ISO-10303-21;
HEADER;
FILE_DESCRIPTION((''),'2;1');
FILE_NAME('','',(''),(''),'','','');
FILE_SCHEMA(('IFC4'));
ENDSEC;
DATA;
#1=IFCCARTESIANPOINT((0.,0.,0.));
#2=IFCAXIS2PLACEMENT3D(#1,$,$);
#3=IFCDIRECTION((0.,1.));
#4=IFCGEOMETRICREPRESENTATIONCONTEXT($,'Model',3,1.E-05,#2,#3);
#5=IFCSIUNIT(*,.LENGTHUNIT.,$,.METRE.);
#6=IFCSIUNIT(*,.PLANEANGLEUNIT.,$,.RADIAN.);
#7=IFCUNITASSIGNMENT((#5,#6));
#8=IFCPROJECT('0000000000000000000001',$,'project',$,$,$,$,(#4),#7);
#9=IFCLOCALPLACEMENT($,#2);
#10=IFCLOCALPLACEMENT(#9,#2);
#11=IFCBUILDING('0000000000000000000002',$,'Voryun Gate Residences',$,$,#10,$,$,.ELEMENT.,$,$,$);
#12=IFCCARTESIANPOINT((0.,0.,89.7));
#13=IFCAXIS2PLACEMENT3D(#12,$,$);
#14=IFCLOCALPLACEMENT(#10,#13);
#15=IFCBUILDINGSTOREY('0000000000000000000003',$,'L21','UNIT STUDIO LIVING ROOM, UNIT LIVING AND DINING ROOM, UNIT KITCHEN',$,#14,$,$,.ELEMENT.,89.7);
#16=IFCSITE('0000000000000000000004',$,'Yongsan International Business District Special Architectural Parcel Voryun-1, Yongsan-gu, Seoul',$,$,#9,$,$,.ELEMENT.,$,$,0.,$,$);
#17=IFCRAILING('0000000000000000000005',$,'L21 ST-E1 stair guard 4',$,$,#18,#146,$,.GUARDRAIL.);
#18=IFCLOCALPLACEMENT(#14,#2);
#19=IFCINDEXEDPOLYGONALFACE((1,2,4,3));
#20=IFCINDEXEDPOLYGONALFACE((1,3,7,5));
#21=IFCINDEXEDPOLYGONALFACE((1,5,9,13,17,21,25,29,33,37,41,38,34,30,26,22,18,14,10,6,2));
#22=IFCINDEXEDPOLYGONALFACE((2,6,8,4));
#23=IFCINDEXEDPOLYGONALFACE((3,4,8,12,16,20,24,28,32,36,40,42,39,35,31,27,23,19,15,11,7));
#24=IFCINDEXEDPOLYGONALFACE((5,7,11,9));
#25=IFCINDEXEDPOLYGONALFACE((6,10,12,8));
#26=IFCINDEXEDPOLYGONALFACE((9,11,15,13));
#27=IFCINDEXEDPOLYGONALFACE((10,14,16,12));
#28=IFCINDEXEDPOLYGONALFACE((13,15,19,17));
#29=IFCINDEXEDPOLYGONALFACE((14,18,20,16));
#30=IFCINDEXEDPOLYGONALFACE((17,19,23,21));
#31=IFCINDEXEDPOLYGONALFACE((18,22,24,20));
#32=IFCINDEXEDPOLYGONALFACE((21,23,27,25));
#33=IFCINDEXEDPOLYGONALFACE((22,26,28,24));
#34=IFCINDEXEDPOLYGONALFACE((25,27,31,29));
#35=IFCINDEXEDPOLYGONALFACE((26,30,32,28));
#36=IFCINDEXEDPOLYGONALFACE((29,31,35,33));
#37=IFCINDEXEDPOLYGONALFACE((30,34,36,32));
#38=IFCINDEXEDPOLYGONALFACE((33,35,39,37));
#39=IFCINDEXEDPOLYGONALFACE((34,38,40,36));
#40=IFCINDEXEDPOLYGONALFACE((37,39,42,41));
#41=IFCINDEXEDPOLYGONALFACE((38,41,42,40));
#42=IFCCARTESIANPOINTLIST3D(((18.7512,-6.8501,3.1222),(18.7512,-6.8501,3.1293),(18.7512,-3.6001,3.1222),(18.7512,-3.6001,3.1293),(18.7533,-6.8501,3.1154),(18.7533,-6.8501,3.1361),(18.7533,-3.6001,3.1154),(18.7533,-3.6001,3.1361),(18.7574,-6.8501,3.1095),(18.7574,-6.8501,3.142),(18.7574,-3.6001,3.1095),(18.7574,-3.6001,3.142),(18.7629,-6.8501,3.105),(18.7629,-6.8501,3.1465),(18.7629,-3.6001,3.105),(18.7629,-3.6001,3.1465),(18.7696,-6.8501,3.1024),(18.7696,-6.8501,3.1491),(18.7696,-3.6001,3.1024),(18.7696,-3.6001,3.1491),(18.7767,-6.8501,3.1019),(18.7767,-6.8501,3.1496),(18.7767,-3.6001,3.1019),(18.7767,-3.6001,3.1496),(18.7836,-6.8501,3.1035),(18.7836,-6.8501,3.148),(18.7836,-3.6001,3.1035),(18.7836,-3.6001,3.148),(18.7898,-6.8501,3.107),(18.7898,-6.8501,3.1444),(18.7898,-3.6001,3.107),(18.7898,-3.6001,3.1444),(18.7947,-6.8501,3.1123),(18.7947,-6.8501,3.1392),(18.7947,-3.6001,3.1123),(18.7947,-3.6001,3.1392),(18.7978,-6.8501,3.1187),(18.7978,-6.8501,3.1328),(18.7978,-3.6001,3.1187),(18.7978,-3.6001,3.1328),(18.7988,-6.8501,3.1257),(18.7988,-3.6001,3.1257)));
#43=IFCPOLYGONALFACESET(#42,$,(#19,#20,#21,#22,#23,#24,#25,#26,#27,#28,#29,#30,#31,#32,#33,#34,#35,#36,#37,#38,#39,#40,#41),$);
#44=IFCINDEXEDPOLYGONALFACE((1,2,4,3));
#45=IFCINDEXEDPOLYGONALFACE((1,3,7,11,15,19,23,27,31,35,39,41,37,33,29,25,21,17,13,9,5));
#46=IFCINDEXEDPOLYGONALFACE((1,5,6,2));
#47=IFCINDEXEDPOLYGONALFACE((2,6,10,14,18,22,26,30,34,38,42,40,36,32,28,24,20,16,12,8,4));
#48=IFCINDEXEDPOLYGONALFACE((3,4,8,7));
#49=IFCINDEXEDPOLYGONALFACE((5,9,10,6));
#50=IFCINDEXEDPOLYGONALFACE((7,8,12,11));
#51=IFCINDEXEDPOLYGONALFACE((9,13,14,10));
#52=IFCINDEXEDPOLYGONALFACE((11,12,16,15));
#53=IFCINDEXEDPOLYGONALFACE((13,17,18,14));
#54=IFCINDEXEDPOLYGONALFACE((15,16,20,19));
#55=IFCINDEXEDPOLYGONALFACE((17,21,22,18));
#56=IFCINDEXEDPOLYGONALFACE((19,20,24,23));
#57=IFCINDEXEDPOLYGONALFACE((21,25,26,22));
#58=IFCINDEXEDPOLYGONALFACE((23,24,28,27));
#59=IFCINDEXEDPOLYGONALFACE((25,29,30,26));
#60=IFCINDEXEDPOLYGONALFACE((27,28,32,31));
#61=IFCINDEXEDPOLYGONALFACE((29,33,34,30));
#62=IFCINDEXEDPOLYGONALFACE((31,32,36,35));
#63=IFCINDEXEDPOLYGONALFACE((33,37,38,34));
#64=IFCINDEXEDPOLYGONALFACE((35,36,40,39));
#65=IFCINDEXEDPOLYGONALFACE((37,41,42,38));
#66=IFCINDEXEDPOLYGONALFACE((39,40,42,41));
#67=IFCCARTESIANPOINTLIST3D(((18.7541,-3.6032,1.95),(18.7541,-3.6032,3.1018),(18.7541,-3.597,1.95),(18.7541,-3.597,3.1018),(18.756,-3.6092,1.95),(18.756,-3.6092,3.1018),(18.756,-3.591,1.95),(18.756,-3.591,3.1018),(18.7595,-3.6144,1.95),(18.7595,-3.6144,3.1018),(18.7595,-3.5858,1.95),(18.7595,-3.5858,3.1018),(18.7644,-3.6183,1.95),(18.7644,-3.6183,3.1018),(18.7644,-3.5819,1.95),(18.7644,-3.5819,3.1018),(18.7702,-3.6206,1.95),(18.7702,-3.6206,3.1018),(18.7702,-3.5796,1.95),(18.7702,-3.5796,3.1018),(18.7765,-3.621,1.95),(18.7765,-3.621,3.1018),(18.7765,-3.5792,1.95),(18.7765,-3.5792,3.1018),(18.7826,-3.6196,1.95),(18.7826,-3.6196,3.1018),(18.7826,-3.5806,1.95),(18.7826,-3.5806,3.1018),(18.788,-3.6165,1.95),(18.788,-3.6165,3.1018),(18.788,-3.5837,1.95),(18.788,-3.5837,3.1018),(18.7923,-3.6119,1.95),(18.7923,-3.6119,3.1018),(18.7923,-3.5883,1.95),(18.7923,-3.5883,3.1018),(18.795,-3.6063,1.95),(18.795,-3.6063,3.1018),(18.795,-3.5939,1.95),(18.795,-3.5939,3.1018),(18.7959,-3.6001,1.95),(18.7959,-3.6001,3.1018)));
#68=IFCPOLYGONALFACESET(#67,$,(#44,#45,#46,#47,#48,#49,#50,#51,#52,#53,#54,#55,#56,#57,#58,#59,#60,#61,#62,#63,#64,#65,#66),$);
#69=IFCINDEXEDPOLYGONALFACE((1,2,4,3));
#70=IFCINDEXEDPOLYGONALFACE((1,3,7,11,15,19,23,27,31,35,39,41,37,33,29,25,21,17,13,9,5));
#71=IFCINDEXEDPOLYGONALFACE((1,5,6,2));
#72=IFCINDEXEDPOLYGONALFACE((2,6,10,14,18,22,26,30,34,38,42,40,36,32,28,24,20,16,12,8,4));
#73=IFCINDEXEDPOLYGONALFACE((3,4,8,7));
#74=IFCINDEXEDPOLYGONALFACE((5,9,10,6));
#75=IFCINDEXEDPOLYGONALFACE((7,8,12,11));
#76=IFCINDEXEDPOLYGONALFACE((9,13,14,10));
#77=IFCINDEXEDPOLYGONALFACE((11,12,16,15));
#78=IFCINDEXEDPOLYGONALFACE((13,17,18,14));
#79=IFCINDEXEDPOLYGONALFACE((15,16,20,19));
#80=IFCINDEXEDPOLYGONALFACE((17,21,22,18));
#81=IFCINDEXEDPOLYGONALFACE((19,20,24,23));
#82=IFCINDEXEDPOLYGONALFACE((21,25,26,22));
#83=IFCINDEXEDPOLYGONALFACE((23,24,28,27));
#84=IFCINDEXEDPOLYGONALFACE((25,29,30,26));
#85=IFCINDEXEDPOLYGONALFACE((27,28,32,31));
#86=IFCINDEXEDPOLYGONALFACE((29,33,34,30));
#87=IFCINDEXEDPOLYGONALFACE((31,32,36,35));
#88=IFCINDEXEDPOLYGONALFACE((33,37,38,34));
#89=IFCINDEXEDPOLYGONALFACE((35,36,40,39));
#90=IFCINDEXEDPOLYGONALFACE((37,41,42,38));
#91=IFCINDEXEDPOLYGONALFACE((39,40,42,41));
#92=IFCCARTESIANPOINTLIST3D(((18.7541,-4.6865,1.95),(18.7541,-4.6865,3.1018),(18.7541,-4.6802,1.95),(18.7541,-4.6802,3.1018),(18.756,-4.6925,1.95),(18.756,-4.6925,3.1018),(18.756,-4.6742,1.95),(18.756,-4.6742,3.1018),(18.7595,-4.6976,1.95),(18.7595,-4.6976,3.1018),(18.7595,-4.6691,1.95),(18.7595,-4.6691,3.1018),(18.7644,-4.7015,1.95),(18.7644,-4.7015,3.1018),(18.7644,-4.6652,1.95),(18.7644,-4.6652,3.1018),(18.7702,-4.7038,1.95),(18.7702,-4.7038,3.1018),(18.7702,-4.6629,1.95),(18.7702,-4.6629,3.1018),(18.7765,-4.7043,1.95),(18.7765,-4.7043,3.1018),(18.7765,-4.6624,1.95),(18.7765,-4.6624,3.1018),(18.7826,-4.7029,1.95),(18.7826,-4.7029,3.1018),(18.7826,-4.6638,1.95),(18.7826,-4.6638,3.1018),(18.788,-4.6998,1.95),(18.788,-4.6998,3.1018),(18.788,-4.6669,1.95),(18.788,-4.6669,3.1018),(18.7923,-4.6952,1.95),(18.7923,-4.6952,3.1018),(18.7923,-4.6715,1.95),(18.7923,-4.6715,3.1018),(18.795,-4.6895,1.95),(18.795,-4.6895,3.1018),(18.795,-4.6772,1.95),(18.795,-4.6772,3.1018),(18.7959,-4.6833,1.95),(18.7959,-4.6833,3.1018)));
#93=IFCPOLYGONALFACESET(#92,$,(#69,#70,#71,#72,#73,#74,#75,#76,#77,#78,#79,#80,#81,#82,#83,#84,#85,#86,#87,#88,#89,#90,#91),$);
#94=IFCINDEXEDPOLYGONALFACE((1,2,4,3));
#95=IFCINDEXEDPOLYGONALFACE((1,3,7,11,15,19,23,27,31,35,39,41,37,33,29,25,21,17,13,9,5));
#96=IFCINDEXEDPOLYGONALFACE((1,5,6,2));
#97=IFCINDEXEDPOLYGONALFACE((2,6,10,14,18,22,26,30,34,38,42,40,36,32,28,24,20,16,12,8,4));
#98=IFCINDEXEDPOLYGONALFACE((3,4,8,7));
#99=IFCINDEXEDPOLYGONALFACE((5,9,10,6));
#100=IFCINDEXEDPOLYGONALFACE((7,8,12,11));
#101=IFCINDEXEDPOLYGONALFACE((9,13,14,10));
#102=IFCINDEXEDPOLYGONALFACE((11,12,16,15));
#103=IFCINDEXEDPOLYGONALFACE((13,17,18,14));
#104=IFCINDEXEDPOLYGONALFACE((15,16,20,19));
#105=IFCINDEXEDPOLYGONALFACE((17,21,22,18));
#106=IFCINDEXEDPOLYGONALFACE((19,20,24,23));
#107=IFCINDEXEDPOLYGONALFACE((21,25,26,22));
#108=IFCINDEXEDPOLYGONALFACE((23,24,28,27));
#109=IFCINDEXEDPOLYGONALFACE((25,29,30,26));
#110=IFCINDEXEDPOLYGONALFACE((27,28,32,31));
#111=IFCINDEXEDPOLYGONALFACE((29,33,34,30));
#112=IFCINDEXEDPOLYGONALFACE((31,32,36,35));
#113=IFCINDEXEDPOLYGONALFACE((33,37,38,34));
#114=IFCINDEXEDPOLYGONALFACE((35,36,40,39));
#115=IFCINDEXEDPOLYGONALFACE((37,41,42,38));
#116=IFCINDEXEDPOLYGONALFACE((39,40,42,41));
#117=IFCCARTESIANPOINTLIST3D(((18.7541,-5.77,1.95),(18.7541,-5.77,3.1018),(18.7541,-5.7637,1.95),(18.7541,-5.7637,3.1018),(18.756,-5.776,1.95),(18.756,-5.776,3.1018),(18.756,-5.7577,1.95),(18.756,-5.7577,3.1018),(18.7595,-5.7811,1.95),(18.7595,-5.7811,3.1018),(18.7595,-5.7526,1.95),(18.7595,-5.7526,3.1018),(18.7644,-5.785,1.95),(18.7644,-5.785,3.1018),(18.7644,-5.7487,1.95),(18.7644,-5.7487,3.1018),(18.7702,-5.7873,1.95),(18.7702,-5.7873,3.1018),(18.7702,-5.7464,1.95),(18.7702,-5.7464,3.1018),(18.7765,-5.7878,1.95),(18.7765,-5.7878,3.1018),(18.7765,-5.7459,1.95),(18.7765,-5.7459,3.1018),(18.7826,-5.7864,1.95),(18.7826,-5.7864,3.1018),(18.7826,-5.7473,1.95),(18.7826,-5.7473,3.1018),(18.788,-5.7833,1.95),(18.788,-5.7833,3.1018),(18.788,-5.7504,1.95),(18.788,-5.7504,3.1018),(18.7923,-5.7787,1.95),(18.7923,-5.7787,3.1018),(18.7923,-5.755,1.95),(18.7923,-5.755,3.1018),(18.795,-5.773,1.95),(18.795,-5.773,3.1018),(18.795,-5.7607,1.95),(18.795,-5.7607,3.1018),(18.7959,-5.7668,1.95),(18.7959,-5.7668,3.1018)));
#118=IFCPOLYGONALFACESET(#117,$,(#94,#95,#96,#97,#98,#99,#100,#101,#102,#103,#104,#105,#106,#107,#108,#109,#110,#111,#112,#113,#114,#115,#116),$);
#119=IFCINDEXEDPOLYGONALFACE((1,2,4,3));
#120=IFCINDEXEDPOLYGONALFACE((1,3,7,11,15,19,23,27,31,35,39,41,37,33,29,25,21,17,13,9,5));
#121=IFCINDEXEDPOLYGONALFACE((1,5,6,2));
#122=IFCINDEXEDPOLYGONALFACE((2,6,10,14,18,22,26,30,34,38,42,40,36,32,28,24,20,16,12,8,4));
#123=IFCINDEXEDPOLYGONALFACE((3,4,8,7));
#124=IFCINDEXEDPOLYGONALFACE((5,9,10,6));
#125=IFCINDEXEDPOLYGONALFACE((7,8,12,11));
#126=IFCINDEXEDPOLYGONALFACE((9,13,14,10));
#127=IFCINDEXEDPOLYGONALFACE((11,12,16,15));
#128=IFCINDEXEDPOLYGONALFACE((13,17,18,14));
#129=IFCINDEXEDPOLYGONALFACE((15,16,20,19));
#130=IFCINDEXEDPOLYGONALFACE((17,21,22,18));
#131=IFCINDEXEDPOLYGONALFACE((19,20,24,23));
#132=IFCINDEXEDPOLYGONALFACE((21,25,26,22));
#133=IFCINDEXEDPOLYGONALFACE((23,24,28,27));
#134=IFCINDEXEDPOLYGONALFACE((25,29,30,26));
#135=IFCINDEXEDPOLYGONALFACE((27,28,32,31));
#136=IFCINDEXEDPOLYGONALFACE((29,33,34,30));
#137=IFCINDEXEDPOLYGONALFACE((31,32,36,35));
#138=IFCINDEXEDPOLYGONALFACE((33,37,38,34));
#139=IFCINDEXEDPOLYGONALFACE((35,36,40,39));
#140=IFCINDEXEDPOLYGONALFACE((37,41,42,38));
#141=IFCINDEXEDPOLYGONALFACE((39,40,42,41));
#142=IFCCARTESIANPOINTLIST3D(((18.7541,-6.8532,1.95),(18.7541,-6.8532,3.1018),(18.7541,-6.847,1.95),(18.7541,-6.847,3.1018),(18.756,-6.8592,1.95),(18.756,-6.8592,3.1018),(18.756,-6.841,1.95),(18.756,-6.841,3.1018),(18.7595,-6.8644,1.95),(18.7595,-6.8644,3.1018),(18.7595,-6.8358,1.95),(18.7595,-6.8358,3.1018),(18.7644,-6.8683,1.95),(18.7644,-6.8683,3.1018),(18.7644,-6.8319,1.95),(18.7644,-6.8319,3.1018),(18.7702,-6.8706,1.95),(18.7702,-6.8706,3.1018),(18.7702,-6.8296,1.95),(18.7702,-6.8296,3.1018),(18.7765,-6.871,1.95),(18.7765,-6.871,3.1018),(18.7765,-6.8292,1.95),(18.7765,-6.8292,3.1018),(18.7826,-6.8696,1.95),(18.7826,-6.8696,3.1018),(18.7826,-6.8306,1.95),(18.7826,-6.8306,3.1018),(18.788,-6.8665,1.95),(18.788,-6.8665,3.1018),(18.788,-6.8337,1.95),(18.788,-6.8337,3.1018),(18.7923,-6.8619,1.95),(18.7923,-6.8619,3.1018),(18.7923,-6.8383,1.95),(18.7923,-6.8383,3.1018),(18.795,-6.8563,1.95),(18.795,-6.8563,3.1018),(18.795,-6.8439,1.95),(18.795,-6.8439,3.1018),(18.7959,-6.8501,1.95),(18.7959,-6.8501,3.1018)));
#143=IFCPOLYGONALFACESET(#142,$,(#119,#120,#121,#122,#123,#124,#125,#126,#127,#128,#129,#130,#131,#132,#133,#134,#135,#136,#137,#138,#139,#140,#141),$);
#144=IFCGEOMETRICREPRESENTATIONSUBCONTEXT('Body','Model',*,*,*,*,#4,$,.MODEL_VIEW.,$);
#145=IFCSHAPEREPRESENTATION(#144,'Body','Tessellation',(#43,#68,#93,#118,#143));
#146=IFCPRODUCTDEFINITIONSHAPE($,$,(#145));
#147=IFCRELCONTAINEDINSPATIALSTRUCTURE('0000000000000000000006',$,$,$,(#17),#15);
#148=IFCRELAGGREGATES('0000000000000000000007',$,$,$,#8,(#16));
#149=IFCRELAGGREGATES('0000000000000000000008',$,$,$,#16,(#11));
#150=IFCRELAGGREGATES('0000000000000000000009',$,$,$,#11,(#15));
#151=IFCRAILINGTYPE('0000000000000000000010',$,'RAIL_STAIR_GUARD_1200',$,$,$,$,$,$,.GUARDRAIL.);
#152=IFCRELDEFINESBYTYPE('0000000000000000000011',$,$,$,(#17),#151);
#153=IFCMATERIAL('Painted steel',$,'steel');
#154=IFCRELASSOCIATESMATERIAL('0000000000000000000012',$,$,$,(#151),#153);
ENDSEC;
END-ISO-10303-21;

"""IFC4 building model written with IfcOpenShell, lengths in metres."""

from ifc_helpers import new_model, si_unit, direction, frame, origin, origin_2d, place, context, subcontext, project, spatial, circle, extrude, material, type_object, element, save


model = new_model("IFC4")

# Units and contexts
model_context = context("Model", 3, precision=1e-05, world=origin(), true_north=direction((0.0, 1.0)))
body_context = subcontext(model_context, "Body", "Model", "MODEL_VIEW")
ifc_project = project(units=[si_unit("LENGTHUNIT", "METRE"), si_unit("PLANEANGLEUNIT", "RADIAN")], contexts=[model_context])

# Site, building, storey
site_placement = place(None, origin())
site = spatial("IfcSite", under=ifc_project, at=site_placement, Name="Yongsan International Business District Special Architectural Parcel Voryun-1, Yongsan-gu, Seoul", CompositionType="ELEMENT", RefElevation=0.0)
building_placement = place(site_placement, origin())
building = spatial("IfcBuilding", under=site, at=building_placement, Name="Voryun Gate Residences", CompositionType="ELEMENT")
storey_placement = place(building_placement, frame((0.0, 0.0, 89.7)))
storey = spatial("IfcBuildingStorey", under=building, at=storey_placement, Name="L21", Description="UNIT STUDIO LIVING ROOM, UNIT LIVING AND DINING ROOM, UNIT KITCHEN", CompositionType="ELEMENT", Elevation=89.7)

# Railing
ifc_material_1 = material(Name="Painted steel", Category="steel")
railing_type_1 = type_object("IfcRailingType", Name="RAIL_STAIR_GUARD_1200", PredefinedType="GUARDRAIL", material=ifc_material_1)
for number, where, name in (
    (1, (18.7749, -3.6001, 1.95), "L21 ST-E1 stair guard 4"),
):
    element("IfcRailing", number, at=place(storey_placement, frame(where)), inside=storey, type_object=railing_type_1, Name=name, PredefinedType="GUARDRAIL", context=body_context, shape_type="SweptSolid", body=[
        extrude(circle(Radius=0.0239, at=origin_2d()), frame((0.0, 0.0, 1.1758), z_axis=(0.0, -1.0, 0.0), x_axis=(1.0, 0.0, 0.0)), (0.0, 0.0, 1.0), 3.25),
        extrude(circle(Radius=0.021, at=origin_2d()), origin(), (0.0, 0.0, 1.0), 1.1519),
        extrude(circle(Radius=0.021, at=origin_2d()), frame((0.0, -1.0833, 0.0)), (0.0, 0.0, 1.0), 1.1519),
        extrude(circle(Radius=0.021, at=origin_2d()), frame((0.0, -2.1667, 0.0)), (0.0, 0.0, 1.0), 1.1519),
        extrude(circle(Radius=0.021, at=origin_2d()), frame((0.0, -3.25, 0.0)), (0.0, 0.0, 1.0), 1.1519),
    ])

save(model, "model.ifc")
